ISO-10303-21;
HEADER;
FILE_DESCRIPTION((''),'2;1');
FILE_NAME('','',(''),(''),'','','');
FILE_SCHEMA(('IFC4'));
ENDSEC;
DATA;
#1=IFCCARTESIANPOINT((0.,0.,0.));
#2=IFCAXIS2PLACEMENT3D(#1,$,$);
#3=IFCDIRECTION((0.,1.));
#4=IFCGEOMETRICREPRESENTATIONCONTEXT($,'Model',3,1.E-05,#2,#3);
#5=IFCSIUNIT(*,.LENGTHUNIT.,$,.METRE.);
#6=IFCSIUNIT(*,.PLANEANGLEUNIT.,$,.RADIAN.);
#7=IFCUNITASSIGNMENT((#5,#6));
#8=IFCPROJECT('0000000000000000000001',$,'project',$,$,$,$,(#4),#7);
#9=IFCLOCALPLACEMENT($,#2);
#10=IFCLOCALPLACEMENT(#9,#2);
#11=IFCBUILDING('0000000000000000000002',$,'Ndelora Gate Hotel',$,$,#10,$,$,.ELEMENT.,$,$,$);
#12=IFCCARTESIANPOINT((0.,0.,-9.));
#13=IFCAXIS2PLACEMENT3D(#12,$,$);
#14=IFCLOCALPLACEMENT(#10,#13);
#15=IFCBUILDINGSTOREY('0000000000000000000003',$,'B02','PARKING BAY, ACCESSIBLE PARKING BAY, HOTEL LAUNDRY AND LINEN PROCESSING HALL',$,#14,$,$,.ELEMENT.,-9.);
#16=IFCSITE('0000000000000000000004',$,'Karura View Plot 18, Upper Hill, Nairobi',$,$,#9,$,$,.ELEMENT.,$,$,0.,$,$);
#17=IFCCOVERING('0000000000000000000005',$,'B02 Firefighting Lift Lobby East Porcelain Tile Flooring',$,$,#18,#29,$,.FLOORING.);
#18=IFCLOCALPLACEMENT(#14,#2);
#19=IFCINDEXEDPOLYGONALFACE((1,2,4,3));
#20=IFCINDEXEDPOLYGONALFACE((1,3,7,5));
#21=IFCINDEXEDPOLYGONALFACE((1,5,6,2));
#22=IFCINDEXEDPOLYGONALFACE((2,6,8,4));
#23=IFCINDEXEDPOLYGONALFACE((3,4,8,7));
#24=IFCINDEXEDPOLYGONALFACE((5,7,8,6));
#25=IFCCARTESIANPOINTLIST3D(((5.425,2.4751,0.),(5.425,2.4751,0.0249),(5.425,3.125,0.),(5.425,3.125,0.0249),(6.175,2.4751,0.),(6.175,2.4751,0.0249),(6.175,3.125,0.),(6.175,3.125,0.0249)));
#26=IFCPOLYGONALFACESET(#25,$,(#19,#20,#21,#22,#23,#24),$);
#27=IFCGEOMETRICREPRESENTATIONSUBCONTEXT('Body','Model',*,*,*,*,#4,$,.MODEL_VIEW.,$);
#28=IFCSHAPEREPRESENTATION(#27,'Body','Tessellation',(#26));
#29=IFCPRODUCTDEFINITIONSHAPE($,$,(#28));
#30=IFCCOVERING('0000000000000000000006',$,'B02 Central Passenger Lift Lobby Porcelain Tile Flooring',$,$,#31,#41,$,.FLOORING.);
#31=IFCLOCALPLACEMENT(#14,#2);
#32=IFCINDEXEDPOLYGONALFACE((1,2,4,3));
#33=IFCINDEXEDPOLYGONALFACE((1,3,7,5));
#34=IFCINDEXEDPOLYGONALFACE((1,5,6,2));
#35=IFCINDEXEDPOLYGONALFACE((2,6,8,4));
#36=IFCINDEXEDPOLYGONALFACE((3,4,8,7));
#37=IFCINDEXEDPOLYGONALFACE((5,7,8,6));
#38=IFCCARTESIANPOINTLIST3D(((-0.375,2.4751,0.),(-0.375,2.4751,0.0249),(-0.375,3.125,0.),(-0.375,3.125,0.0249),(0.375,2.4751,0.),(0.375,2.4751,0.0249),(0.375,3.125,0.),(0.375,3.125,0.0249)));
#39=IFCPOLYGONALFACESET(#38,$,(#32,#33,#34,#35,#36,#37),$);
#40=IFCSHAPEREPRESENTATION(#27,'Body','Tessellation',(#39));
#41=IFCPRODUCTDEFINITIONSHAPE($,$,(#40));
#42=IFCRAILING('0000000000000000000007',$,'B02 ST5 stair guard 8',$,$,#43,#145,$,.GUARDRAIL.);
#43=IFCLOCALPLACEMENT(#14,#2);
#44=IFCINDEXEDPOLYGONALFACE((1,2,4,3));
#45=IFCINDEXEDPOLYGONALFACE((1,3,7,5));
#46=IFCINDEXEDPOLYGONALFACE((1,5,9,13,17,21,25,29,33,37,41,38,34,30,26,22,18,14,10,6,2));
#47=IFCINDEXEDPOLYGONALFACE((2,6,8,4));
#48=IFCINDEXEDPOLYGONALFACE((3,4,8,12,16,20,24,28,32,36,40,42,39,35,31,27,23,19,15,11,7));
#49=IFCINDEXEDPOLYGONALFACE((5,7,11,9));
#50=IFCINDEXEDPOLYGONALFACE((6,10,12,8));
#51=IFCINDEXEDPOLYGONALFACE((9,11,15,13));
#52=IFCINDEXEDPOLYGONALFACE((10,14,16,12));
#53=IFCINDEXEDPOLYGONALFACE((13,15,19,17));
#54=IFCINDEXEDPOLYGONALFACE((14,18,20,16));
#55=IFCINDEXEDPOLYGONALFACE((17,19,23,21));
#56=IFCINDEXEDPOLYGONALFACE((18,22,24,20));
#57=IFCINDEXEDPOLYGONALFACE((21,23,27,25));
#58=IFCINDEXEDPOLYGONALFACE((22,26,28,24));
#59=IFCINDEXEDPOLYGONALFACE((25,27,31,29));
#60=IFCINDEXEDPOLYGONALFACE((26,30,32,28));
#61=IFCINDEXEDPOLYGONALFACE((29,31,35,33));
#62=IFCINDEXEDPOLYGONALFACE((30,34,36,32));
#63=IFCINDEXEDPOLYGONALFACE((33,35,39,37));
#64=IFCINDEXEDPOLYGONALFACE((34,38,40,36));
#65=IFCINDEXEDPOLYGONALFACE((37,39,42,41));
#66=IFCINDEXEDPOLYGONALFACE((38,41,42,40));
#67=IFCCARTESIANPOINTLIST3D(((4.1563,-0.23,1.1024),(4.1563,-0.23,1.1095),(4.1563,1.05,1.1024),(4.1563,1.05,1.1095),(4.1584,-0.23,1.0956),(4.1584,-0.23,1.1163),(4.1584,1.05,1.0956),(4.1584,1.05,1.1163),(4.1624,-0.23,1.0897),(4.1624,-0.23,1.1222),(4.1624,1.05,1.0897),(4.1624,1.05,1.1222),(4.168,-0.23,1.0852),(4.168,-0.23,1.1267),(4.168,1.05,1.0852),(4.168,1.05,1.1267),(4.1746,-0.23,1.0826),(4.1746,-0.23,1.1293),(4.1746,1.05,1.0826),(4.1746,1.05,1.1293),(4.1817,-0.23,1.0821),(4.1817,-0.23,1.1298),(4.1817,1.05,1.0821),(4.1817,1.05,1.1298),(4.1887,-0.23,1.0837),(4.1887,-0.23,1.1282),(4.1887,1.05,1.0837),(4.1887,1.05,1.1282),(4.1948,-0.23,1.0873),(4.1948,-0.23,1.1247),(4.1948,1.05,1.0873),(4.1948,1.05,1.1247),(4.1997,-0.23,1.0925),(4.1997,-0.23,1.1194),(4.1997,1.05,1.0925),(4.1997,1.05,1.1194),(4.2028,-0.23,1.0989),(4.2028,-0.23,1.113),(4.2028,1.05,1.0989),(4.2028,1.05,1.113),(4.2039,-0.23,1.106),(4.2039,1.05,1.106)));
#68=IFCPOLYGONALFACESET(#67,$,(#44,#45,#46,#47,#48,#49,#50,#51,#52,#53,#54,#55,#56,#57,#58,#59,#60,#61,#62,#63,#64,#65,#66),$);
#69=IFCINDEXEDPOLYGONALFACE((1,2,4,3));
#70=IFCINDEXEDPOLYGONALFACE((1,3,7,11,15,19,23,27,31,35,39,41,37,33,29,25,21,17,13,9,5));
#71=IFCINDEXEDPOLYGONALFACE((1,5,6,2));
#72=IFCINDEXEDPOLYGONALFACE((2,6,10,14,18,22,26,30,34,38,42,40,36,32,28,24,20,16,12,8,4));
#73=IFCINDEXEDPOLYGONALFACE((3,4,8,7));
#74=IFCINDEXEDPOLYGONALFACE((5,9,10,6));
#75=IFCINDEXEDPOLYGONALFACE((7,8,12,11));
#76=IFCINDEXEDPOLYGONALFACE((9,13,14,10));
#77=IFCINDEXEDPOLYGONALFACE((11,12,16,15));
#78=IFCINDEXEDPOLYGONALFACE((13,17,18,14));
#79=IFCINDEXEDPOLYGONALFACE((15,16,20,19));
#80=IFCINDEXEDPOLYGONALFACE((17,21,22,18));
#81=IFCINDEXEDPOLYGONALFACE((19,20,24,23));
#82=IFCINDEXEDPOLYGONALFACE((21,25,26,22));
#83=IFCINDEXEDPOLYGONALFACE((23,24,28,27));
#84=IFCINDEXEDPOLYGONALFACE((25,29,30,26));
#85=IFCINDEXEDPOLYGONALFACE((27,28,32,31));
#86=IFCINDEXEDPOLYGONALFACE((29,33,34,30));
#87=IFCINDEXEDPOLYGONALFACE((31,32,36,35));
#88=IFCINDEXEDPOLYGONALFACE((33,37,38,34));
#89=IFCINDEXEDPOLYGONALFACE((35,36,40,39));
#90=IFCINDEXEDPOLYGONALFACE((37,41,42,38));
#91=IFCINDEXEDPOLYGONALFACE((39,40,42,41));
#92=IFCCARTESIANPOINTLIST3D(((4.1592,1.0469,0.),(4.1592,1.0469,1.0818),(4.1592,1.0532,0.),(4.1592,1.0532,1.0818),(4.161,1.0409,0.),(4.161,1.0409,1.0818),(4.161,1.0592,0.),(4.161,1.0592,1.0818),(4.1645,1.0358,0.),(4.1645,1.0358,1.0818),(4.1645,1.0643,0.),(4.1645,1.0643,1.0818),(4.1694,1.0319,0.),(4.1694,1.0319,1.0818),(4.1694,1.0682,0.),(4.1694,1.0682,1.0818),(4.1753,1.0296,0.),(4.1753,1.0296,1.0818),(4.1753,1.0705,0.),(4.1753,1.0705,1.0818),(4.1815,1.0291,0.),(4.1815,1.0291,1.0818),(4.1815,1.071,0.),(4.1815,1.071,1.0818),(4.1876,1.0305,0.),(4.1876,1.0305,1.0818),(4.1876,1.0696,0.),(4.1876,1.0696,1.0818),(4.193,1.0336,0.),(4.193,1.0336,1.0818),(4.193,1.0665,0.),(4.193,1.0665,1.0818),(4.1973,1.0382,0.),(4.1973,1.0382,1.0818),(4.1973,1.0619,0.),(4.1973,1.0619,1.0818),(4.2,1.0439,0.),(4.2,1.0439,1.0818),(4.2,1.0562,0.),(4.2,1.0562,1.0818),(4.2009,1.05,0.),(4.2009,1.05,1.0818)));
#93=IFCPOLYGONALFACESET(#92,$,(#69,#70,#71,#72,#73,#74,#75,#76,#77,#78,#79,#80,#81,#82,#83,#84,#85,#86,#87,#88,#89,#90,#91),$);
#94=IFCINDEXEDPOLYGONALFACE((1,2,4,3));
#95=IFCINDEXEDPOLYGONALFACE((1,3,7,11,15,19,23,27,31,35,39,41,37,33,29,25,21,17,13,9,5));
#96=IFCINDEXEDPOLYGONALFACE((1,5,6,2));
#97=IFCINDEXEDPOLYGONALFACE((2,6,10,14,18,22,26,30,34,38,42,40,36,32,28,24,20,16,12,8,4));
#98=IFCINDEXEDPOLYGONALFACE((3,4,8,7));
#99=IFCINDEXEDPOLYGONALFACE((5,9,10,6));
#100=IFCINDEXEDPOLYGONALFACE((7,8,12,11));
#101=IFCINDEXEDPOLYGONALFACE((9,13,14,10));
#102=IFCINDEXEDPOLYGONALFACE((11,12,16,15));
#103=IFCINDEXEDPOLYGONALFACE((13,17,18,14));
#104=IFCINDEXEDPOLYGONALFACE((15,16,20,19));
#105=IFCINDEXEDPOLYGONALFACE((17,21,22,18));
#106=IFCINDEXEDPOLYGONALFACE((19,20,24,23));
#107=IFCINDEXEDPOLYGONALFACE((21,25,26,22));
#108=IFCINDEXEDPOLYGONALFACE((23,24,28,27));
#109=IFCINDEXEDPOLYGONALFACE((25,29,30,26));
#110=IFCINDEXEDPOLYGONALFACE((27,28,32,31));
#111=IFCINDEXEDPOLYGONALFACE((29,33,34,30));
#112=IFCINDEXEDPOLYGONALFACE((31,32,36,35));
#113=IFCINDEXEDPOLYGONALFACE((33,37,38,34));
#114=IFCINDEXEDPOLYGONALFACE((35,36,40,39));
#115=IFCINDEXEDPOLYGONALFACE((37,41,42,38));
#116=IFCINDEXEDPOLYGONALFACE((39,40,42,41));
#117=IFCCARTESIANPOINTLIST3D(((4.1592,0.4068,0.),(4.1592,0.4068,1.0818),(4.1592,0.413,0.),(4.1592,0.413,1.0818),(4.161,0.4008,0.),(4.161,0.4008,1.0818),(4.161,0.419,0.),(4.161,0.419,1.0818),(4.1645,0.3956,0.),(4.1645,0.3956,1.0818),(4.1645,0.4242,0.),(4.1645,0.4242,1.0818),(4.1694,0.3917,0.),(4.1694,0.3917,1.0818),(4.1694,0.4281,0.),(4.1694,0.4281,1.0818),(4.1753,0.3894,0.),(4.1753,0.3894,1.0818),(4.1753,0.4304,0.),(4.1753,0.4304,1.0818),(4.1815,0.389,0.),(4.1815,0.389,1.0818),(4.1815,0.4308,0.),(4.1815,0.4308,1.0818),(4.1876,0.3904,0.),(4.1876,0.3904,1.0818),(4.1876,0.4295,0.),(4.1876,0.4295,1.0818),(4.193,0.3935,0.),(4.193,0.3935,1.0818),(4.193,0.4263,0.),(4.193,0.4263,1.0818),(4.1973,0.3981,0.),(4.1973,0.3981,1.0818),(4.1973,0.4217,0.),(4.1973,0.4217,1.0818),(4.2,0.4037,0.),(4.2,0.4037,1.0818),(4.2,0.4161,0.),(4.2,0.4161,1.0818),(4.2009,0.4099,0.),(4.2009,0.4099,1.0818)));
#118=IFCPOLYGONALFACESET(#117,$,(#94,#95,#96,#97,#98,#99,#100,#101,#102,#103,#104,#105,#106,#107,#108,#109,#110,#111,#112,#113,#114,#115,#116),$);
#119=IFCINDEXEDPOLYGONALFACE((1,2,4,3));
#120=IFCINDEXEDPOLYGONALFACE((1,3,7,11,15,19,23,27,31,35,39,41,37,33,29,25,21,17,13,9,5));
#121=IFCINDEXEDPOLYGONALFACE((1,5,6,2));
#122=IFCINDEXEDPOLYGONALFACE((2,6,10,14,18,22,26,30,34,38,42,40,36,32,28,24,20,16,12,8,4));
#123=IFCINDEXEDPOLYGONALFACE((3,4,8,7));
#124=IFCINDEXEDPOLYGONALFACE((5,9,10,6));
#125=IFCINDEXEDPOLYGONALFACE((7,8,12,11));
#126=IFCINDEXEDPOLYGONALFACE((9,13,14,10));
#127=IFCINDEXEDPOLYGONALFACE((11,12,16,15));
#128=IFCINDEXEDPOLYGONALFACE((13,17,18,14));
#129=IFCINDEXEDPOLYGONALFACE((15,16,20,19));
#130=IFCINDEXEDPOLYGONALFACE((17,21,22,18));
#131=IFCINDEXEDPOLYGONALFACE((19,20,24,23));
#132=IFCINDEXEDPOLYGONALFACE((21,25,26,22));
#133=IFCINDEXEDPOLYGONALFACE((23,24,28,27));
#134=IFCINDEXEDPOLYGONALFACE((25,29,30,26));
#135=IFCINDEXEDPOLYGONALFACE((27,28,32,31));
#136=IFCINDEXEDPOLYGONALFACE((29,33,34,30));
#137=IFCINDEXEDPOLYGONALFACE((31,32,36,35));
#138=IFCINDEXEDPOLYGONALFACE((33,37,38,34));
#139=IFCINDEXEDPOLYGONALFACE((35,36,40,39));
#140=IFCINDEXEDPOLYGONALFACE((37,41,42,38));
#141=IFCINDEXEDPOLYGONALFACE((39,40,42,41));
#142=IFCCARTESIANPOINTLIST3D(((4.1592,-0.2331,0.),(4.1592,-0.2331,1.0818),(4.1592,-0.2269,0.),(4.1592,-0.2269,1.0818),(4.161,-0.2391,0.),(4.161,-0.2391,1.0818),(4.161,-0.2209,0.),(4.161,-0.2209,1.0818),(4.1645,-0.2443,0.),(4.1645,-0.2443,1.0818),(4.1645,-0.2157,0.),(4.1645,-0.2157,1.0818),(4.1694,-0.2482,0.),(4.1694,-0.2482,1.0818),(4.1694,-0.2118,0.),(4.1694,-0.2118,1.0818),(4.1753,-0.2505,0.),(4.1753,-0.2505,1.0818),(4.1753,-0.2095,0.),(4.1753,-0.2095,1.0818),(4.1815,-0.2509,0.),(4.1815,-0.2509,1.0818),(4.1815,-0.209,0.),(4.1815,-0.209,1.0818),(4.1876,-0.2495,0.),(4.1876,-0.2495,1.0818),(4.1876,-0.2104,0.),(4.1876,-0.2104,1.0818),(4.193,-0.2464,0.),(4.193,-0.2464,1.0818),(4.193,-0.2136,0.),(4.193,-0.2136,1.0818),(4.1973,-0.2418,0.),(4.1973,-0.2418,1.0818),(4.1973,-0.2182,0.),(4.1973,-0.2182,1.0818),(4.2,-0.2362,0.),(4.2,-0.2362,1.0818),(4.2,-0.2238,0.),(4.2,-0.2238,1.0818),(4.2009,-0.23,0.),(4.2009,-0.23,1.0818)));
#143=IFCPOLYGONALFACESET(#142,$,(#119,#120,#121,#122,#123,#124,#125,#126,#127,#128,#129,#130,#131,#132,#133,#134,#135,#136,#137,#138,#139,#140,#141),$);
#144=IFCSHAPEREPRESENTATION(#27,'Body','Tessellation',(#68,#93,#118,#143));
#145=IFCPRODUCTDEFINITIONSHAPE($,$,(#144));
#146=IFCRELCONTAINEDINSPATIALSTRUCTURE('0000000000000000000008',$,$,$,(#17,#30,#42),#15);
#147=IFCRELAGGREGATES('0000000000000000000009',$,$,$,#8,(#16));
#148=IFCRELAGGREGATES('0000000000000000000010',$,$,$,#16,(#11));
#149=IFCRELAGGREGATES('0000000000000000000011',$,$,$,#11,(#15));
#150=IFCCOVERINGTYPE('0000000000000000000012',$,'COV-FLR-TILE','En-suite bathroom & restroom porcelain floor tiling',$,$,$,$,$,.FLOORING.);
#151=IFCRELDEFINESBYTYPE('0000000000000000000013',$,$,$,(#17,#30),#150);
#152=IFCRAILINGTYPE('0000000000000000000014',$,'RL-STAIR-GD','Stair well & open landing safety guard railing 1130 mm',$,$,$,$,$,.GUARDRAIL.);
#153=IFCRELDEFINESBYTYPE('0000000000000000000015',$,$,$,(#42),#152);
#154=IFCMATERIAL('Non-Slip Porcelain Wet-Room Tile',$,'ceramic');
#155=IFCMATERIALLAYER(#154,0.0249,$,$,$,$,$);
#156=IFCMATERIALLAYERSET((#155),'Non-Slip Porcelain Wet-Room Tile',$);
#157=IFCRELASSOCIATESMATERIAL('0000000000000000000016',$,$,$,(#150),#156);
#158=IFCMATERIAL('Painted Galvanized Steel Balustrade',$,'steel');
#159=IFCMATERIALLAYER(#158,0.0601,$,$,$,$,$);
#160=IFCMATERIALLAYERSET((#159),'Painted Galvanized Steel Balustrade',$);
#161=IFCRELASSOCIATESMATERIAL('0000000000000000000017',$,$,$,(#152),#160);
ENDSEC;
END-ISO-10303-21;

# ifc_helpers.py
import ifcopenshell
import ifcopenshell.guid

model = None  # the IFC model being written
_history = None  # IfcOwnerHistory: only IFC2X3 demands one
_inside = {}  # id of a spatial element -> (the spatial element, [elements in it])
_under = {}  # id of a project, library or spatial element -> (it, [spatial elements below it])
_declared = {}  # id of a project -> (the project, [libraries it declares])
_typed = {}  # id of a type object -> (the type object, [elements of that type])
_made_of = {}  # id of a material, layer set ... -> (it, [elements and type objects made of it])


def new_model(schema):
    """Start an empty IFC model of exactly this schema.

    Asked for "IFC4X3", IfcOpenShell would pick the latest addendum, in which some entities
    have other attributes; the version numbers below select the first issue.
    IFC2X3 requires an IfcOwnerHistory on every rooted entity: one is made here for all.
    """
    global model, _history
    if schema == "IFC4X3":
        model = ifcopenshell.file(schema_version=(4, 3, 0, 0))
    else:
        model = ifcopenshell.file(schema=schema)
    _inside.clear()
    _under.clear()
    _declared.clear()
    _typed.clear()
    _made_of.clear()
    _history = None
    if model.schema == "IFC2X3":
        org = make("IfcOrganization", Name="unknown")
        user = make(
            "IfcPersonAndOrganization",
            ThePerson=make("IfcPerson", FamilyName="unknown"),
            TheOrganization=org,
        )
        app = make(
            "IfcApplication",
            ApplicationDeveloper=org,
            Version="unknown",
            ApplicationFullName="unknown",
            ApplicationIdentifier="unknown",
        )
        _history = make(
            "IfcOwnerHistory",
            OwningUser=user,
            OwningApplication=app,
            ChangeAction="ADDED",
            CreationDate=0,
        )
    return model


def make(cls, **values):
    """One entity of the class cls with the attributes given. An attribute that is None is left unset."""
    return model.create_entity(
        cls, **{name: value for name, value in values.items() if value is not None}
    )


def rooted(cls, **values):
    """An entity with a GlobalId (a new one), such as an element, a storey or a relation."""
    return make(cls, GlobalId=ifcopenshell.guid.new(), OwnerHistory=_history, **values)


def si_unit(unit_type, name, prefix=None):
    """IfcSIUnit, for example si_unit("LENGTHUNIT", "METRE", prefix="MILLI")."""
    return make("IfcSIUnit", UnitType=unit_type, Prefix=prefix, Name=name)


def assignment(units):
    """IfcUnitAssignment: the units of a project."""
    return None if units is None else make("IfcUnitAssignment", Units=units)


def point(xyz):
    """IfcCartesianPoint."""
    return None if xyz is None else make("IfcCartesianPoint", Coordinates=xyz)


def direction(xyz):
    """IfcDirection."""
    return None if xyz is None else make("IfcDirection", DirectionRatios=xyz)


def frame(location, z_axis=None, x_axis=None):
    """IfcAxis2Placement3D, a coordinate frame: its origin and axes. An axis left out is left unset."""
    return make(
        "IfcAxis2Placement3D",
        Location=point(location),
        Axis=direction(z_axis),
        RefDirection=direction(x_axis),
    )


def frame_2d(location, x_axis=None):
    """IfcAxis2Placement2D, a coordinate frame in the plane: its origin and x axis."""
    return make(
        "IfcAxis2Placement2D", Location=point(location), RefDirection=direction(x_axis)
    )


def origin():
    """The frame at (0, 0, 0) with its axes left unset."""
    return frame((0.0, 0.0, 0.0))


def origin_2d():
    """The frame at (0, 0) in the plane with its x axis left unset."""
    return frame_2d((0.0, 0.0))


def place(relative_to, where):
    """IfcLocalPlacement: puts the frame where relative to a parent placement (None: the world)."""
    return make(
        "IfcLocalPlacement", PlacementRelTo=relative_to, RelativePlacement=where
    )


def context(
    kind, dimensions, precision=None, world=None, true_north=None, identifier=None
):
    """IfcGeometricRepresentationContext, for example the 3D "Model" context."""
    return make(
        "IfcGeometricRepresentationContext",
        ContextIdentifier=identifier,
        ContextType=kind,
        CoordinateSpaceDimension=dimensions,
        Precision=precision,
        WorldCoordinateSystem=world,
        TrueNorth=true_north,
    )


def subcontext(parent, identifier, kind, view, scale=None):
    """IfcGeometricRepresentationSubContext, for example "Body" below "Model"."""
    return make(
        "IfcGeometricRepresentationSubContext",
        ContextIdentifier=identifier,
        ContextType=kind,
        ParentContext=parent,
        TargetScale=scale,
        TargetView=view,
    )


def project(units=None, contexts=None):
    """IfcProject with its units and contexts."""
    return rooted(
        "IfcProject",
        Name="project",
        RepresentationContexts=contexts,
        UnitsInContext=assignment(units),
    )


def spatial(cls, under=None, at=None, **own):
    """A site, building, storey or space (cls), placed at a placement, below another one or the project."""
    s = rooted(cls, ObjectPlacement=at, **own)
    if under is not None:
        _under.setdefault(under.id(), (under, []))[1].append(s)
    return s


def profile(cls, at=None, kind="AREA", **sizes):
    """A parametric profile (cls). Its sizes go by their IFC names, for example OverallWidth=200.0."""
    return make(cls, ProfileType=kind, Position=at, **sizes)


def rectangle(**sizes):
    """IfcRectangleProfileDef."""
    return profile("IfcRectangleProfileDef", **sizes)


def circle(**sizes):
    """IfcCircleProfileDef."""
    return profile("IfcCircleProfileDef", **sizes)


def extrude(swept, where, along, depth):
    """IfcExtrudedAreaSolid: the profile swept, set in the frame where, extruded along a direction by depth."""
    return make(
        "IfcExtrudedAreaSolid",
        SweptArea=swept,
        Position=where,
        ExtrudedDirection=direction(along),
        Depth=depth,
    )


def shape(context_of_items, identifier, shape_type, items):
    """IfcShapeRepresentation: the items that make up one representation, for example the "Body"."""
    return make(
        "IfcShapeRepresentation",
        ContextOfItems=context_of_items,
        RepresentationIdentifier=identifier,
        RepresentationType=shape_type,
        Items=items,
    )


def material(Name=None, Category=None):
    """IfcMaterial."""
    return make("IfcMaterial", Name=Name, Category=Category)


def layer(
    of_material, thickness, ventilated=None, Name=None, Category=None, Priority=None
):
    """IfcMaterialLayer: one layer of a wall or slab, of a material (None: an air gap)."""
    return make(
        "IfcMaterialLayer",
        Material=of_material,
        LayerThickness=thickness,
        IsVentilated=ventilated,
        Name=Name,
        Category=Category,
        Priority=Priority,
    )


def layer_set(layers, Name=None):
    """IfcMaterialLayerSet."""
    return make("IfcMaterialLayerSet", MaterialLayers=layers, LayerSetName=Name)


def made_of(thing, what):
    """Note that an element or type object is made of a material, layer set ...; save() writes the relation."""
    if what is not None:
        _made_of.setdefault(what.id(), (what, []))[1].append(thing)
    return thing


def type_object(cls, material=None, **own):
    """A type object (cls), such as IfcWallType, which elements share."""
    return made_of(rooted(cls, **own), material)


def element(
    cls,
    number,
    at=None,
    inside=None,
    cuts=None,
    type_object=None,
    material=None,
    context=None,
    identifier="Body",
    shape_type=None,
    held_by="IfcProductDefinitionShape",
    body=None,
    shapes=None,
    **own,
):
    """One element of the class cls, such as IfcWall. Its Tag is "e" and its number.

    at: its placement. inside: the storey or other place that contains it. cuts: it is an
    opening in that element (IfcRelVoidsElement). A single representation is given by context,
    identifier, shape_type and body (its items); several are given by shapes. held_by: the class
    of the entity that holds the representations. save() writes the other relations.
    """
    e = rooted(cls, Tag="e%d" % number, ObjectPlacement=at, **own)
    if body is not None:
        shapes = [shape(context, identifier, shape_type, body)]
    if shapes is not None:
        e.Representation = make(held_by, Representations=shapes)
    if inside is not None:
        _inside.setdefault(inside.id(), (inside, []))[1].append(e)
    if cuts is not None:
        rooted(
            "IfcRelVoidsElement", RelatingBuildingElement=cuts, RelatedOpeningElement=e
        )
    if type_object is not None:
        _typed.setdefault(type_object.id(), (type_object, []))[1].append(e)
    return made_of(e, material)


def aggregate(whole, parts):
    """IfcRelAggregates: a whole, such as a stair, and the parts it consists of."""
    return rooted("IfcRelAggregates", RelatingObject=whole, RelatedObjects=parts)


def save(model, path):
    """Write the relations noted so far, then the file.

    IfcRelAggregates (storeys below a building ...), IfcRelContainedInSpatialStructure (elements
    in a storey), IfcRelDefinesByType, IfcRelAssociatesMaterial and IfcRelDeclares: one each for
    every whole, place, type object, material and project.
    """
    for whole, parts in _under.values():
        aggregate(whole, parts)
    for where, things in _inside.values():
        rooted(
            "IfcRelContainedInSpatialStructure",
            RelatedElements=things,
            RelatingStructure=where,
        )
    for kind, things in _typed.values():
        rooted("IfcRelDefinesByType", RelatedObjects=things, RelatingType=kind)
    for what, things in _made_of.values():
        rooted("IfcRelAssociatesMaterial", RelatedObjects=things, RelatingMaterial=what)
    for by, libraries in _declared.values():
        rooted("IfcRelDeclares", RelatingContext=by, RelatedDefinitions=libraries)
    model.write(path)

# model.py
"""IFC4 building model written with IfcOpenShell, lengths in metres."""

from ifc_helpers import new_model, si_unit, direction, frame, origin, origin_2d, place, context, subcontext, project, spatial, rectangle, circle, extrude, material, layer, layer_set, type_object, element, save


model = new_model("IFC4")

# Units and contexts
model_context = context("Model", 3, precision=1e-05, world=origin(), true_north=direction((0.0, 1.0)))
body_context = subcontext(model_context, "Body", "Model", "MODEL_VIEW")
ifc_project = project(units=[si_unit("LENGTHUNIT", "METRE"), si_unit("PLANEANGLEUNIT", "RADIAN")], contexts=[model_context])

# Site, building, storey
site_placement = place(None, origin())
site = spatial("IfcSite", under=ifc_project, at=site_placement, Name="Karura View Plot 18, Upper Hill, Nairobi", CompositionType="ELEMENT", RefElevation=0.0)
building_placement = place(site_placement, origin())
building = spatial("IfcBuilding", under=site, at=building_placement, Name="Ndelora Gate Hotel", CompositionType="ELEMENT")
storey_placement = place(building_placement, frame((0.0, 0.0, -9.0)))
storey = spatial("IfcBuildingStorey", under=building, at=storey_placement, Name="B02", Description="PARKING BAY, ACCESSIBLE PARKING BAY, HOTEL LAUNDRY AND LINEN PROCESSING HALL", CompositionType="ELEMENT", Elevation=-9.0)

# Coverings
ifc_material_1 = material(Name="Non-Slip Porcelain Wet-Room Tile", Category="ceramic")
ifc_layer_1 = layer(ifc_material_1, 0.0249)
ifc_layer_set_1 = layer_set([ifc_layer_1], Name="Non-Slip Porcelain Wet-Room Tile")
covering_type = type_object("IfcCoveringType", Name="COV-FLR-TILE", Description="En-suite bathroom & restroom porcelain floor tiling", PredefinedType="FLOORING", material=ifc_layer_set_1)
for number, where, z_axis, x_axis, name in (
    (1, (5.8, 2.8, 0.0), (0.0, 0.0, 1.0), (1.0, 0.0, 0.0), "B02 Firefighting Lift Lobby East Porcelain Tile Flooring"),
    (2, (0.0, 2.8, 0.0), (0.0, 0.0, 1.0), (1.0, 0.0, 0.0), "B02 Central Passenger Lift Lobby Porcelain Tile Flooring"),
):
    element("IfcCovering", number, at=place(storey_placement, frame(where, z_axis=z_axis, x_axis=x_axis)), inside=storey, type_object=covering_type, Name=name, PredefinedType="FLOORING", context=body_context, shape_type="SweptSolid", body=[
        extrude(rectangle(XDim=0.75, YDim=0.6499, at=origin_2d()), origin(), (0.0, 0.0, 1.0), 0.0249),
    ])

# Railing
ifc_material_2 = material(Name="Painted Galvanized Steel Balustrade", Category="steel")
ifc_layer_2 = layer(ifc_material_2, 0.0601)
ifc_layer_set_2 = layer_set([ifc_layer_2], Name="Painted Galvanized Steel Balustrade")
railing_type = type_object("IfcRailingType", Name="RL-STAIR-GD", Description="Stair well & open landing safety guard railing 1130 mm", PredefinedType="GUARDRAIL", material=ifc_layer_set_2)
for number, where, name in (
    (3, (4.1799, 1.05, 0.0), "B02 ST5 stair guard 8"),
):
    element("IfcRailing", number, at=place(storey_placement, frame(where)), inside=storey, type_object=railing_type, Name=name, PredefinedType="GUARDRAIL", context=body_context, shape_type="SweptSolid", body=[
        extrude(circle(Radius=0.0239, at=origin_2d()), frame((0.0, 0.0, 1.106), z_axis=(0.0, -1.0, 0.0), x_axis=(1.0, 0.0, 0.0)), (0.0, 0.0, 1.0), 1.28),
        extrude(circle(Radius=0.021, at=origin_2d()), origin(), (0.0, 0.0, 1.0), 1.0818),
        extrude(circle(Radius=0.021, at=origin_2d()), frame((0.0, -0.6401, 0.0)), (0.0, 0.0, 1.0), 1.0818),
        extrude(circle(Radius=0.021, at=origin_2d()), frame((0.0, -1.28, 0.0)), (0.0, 0.0, 1.0), 1.0818),
    ])

save(model, "model.ifc")
